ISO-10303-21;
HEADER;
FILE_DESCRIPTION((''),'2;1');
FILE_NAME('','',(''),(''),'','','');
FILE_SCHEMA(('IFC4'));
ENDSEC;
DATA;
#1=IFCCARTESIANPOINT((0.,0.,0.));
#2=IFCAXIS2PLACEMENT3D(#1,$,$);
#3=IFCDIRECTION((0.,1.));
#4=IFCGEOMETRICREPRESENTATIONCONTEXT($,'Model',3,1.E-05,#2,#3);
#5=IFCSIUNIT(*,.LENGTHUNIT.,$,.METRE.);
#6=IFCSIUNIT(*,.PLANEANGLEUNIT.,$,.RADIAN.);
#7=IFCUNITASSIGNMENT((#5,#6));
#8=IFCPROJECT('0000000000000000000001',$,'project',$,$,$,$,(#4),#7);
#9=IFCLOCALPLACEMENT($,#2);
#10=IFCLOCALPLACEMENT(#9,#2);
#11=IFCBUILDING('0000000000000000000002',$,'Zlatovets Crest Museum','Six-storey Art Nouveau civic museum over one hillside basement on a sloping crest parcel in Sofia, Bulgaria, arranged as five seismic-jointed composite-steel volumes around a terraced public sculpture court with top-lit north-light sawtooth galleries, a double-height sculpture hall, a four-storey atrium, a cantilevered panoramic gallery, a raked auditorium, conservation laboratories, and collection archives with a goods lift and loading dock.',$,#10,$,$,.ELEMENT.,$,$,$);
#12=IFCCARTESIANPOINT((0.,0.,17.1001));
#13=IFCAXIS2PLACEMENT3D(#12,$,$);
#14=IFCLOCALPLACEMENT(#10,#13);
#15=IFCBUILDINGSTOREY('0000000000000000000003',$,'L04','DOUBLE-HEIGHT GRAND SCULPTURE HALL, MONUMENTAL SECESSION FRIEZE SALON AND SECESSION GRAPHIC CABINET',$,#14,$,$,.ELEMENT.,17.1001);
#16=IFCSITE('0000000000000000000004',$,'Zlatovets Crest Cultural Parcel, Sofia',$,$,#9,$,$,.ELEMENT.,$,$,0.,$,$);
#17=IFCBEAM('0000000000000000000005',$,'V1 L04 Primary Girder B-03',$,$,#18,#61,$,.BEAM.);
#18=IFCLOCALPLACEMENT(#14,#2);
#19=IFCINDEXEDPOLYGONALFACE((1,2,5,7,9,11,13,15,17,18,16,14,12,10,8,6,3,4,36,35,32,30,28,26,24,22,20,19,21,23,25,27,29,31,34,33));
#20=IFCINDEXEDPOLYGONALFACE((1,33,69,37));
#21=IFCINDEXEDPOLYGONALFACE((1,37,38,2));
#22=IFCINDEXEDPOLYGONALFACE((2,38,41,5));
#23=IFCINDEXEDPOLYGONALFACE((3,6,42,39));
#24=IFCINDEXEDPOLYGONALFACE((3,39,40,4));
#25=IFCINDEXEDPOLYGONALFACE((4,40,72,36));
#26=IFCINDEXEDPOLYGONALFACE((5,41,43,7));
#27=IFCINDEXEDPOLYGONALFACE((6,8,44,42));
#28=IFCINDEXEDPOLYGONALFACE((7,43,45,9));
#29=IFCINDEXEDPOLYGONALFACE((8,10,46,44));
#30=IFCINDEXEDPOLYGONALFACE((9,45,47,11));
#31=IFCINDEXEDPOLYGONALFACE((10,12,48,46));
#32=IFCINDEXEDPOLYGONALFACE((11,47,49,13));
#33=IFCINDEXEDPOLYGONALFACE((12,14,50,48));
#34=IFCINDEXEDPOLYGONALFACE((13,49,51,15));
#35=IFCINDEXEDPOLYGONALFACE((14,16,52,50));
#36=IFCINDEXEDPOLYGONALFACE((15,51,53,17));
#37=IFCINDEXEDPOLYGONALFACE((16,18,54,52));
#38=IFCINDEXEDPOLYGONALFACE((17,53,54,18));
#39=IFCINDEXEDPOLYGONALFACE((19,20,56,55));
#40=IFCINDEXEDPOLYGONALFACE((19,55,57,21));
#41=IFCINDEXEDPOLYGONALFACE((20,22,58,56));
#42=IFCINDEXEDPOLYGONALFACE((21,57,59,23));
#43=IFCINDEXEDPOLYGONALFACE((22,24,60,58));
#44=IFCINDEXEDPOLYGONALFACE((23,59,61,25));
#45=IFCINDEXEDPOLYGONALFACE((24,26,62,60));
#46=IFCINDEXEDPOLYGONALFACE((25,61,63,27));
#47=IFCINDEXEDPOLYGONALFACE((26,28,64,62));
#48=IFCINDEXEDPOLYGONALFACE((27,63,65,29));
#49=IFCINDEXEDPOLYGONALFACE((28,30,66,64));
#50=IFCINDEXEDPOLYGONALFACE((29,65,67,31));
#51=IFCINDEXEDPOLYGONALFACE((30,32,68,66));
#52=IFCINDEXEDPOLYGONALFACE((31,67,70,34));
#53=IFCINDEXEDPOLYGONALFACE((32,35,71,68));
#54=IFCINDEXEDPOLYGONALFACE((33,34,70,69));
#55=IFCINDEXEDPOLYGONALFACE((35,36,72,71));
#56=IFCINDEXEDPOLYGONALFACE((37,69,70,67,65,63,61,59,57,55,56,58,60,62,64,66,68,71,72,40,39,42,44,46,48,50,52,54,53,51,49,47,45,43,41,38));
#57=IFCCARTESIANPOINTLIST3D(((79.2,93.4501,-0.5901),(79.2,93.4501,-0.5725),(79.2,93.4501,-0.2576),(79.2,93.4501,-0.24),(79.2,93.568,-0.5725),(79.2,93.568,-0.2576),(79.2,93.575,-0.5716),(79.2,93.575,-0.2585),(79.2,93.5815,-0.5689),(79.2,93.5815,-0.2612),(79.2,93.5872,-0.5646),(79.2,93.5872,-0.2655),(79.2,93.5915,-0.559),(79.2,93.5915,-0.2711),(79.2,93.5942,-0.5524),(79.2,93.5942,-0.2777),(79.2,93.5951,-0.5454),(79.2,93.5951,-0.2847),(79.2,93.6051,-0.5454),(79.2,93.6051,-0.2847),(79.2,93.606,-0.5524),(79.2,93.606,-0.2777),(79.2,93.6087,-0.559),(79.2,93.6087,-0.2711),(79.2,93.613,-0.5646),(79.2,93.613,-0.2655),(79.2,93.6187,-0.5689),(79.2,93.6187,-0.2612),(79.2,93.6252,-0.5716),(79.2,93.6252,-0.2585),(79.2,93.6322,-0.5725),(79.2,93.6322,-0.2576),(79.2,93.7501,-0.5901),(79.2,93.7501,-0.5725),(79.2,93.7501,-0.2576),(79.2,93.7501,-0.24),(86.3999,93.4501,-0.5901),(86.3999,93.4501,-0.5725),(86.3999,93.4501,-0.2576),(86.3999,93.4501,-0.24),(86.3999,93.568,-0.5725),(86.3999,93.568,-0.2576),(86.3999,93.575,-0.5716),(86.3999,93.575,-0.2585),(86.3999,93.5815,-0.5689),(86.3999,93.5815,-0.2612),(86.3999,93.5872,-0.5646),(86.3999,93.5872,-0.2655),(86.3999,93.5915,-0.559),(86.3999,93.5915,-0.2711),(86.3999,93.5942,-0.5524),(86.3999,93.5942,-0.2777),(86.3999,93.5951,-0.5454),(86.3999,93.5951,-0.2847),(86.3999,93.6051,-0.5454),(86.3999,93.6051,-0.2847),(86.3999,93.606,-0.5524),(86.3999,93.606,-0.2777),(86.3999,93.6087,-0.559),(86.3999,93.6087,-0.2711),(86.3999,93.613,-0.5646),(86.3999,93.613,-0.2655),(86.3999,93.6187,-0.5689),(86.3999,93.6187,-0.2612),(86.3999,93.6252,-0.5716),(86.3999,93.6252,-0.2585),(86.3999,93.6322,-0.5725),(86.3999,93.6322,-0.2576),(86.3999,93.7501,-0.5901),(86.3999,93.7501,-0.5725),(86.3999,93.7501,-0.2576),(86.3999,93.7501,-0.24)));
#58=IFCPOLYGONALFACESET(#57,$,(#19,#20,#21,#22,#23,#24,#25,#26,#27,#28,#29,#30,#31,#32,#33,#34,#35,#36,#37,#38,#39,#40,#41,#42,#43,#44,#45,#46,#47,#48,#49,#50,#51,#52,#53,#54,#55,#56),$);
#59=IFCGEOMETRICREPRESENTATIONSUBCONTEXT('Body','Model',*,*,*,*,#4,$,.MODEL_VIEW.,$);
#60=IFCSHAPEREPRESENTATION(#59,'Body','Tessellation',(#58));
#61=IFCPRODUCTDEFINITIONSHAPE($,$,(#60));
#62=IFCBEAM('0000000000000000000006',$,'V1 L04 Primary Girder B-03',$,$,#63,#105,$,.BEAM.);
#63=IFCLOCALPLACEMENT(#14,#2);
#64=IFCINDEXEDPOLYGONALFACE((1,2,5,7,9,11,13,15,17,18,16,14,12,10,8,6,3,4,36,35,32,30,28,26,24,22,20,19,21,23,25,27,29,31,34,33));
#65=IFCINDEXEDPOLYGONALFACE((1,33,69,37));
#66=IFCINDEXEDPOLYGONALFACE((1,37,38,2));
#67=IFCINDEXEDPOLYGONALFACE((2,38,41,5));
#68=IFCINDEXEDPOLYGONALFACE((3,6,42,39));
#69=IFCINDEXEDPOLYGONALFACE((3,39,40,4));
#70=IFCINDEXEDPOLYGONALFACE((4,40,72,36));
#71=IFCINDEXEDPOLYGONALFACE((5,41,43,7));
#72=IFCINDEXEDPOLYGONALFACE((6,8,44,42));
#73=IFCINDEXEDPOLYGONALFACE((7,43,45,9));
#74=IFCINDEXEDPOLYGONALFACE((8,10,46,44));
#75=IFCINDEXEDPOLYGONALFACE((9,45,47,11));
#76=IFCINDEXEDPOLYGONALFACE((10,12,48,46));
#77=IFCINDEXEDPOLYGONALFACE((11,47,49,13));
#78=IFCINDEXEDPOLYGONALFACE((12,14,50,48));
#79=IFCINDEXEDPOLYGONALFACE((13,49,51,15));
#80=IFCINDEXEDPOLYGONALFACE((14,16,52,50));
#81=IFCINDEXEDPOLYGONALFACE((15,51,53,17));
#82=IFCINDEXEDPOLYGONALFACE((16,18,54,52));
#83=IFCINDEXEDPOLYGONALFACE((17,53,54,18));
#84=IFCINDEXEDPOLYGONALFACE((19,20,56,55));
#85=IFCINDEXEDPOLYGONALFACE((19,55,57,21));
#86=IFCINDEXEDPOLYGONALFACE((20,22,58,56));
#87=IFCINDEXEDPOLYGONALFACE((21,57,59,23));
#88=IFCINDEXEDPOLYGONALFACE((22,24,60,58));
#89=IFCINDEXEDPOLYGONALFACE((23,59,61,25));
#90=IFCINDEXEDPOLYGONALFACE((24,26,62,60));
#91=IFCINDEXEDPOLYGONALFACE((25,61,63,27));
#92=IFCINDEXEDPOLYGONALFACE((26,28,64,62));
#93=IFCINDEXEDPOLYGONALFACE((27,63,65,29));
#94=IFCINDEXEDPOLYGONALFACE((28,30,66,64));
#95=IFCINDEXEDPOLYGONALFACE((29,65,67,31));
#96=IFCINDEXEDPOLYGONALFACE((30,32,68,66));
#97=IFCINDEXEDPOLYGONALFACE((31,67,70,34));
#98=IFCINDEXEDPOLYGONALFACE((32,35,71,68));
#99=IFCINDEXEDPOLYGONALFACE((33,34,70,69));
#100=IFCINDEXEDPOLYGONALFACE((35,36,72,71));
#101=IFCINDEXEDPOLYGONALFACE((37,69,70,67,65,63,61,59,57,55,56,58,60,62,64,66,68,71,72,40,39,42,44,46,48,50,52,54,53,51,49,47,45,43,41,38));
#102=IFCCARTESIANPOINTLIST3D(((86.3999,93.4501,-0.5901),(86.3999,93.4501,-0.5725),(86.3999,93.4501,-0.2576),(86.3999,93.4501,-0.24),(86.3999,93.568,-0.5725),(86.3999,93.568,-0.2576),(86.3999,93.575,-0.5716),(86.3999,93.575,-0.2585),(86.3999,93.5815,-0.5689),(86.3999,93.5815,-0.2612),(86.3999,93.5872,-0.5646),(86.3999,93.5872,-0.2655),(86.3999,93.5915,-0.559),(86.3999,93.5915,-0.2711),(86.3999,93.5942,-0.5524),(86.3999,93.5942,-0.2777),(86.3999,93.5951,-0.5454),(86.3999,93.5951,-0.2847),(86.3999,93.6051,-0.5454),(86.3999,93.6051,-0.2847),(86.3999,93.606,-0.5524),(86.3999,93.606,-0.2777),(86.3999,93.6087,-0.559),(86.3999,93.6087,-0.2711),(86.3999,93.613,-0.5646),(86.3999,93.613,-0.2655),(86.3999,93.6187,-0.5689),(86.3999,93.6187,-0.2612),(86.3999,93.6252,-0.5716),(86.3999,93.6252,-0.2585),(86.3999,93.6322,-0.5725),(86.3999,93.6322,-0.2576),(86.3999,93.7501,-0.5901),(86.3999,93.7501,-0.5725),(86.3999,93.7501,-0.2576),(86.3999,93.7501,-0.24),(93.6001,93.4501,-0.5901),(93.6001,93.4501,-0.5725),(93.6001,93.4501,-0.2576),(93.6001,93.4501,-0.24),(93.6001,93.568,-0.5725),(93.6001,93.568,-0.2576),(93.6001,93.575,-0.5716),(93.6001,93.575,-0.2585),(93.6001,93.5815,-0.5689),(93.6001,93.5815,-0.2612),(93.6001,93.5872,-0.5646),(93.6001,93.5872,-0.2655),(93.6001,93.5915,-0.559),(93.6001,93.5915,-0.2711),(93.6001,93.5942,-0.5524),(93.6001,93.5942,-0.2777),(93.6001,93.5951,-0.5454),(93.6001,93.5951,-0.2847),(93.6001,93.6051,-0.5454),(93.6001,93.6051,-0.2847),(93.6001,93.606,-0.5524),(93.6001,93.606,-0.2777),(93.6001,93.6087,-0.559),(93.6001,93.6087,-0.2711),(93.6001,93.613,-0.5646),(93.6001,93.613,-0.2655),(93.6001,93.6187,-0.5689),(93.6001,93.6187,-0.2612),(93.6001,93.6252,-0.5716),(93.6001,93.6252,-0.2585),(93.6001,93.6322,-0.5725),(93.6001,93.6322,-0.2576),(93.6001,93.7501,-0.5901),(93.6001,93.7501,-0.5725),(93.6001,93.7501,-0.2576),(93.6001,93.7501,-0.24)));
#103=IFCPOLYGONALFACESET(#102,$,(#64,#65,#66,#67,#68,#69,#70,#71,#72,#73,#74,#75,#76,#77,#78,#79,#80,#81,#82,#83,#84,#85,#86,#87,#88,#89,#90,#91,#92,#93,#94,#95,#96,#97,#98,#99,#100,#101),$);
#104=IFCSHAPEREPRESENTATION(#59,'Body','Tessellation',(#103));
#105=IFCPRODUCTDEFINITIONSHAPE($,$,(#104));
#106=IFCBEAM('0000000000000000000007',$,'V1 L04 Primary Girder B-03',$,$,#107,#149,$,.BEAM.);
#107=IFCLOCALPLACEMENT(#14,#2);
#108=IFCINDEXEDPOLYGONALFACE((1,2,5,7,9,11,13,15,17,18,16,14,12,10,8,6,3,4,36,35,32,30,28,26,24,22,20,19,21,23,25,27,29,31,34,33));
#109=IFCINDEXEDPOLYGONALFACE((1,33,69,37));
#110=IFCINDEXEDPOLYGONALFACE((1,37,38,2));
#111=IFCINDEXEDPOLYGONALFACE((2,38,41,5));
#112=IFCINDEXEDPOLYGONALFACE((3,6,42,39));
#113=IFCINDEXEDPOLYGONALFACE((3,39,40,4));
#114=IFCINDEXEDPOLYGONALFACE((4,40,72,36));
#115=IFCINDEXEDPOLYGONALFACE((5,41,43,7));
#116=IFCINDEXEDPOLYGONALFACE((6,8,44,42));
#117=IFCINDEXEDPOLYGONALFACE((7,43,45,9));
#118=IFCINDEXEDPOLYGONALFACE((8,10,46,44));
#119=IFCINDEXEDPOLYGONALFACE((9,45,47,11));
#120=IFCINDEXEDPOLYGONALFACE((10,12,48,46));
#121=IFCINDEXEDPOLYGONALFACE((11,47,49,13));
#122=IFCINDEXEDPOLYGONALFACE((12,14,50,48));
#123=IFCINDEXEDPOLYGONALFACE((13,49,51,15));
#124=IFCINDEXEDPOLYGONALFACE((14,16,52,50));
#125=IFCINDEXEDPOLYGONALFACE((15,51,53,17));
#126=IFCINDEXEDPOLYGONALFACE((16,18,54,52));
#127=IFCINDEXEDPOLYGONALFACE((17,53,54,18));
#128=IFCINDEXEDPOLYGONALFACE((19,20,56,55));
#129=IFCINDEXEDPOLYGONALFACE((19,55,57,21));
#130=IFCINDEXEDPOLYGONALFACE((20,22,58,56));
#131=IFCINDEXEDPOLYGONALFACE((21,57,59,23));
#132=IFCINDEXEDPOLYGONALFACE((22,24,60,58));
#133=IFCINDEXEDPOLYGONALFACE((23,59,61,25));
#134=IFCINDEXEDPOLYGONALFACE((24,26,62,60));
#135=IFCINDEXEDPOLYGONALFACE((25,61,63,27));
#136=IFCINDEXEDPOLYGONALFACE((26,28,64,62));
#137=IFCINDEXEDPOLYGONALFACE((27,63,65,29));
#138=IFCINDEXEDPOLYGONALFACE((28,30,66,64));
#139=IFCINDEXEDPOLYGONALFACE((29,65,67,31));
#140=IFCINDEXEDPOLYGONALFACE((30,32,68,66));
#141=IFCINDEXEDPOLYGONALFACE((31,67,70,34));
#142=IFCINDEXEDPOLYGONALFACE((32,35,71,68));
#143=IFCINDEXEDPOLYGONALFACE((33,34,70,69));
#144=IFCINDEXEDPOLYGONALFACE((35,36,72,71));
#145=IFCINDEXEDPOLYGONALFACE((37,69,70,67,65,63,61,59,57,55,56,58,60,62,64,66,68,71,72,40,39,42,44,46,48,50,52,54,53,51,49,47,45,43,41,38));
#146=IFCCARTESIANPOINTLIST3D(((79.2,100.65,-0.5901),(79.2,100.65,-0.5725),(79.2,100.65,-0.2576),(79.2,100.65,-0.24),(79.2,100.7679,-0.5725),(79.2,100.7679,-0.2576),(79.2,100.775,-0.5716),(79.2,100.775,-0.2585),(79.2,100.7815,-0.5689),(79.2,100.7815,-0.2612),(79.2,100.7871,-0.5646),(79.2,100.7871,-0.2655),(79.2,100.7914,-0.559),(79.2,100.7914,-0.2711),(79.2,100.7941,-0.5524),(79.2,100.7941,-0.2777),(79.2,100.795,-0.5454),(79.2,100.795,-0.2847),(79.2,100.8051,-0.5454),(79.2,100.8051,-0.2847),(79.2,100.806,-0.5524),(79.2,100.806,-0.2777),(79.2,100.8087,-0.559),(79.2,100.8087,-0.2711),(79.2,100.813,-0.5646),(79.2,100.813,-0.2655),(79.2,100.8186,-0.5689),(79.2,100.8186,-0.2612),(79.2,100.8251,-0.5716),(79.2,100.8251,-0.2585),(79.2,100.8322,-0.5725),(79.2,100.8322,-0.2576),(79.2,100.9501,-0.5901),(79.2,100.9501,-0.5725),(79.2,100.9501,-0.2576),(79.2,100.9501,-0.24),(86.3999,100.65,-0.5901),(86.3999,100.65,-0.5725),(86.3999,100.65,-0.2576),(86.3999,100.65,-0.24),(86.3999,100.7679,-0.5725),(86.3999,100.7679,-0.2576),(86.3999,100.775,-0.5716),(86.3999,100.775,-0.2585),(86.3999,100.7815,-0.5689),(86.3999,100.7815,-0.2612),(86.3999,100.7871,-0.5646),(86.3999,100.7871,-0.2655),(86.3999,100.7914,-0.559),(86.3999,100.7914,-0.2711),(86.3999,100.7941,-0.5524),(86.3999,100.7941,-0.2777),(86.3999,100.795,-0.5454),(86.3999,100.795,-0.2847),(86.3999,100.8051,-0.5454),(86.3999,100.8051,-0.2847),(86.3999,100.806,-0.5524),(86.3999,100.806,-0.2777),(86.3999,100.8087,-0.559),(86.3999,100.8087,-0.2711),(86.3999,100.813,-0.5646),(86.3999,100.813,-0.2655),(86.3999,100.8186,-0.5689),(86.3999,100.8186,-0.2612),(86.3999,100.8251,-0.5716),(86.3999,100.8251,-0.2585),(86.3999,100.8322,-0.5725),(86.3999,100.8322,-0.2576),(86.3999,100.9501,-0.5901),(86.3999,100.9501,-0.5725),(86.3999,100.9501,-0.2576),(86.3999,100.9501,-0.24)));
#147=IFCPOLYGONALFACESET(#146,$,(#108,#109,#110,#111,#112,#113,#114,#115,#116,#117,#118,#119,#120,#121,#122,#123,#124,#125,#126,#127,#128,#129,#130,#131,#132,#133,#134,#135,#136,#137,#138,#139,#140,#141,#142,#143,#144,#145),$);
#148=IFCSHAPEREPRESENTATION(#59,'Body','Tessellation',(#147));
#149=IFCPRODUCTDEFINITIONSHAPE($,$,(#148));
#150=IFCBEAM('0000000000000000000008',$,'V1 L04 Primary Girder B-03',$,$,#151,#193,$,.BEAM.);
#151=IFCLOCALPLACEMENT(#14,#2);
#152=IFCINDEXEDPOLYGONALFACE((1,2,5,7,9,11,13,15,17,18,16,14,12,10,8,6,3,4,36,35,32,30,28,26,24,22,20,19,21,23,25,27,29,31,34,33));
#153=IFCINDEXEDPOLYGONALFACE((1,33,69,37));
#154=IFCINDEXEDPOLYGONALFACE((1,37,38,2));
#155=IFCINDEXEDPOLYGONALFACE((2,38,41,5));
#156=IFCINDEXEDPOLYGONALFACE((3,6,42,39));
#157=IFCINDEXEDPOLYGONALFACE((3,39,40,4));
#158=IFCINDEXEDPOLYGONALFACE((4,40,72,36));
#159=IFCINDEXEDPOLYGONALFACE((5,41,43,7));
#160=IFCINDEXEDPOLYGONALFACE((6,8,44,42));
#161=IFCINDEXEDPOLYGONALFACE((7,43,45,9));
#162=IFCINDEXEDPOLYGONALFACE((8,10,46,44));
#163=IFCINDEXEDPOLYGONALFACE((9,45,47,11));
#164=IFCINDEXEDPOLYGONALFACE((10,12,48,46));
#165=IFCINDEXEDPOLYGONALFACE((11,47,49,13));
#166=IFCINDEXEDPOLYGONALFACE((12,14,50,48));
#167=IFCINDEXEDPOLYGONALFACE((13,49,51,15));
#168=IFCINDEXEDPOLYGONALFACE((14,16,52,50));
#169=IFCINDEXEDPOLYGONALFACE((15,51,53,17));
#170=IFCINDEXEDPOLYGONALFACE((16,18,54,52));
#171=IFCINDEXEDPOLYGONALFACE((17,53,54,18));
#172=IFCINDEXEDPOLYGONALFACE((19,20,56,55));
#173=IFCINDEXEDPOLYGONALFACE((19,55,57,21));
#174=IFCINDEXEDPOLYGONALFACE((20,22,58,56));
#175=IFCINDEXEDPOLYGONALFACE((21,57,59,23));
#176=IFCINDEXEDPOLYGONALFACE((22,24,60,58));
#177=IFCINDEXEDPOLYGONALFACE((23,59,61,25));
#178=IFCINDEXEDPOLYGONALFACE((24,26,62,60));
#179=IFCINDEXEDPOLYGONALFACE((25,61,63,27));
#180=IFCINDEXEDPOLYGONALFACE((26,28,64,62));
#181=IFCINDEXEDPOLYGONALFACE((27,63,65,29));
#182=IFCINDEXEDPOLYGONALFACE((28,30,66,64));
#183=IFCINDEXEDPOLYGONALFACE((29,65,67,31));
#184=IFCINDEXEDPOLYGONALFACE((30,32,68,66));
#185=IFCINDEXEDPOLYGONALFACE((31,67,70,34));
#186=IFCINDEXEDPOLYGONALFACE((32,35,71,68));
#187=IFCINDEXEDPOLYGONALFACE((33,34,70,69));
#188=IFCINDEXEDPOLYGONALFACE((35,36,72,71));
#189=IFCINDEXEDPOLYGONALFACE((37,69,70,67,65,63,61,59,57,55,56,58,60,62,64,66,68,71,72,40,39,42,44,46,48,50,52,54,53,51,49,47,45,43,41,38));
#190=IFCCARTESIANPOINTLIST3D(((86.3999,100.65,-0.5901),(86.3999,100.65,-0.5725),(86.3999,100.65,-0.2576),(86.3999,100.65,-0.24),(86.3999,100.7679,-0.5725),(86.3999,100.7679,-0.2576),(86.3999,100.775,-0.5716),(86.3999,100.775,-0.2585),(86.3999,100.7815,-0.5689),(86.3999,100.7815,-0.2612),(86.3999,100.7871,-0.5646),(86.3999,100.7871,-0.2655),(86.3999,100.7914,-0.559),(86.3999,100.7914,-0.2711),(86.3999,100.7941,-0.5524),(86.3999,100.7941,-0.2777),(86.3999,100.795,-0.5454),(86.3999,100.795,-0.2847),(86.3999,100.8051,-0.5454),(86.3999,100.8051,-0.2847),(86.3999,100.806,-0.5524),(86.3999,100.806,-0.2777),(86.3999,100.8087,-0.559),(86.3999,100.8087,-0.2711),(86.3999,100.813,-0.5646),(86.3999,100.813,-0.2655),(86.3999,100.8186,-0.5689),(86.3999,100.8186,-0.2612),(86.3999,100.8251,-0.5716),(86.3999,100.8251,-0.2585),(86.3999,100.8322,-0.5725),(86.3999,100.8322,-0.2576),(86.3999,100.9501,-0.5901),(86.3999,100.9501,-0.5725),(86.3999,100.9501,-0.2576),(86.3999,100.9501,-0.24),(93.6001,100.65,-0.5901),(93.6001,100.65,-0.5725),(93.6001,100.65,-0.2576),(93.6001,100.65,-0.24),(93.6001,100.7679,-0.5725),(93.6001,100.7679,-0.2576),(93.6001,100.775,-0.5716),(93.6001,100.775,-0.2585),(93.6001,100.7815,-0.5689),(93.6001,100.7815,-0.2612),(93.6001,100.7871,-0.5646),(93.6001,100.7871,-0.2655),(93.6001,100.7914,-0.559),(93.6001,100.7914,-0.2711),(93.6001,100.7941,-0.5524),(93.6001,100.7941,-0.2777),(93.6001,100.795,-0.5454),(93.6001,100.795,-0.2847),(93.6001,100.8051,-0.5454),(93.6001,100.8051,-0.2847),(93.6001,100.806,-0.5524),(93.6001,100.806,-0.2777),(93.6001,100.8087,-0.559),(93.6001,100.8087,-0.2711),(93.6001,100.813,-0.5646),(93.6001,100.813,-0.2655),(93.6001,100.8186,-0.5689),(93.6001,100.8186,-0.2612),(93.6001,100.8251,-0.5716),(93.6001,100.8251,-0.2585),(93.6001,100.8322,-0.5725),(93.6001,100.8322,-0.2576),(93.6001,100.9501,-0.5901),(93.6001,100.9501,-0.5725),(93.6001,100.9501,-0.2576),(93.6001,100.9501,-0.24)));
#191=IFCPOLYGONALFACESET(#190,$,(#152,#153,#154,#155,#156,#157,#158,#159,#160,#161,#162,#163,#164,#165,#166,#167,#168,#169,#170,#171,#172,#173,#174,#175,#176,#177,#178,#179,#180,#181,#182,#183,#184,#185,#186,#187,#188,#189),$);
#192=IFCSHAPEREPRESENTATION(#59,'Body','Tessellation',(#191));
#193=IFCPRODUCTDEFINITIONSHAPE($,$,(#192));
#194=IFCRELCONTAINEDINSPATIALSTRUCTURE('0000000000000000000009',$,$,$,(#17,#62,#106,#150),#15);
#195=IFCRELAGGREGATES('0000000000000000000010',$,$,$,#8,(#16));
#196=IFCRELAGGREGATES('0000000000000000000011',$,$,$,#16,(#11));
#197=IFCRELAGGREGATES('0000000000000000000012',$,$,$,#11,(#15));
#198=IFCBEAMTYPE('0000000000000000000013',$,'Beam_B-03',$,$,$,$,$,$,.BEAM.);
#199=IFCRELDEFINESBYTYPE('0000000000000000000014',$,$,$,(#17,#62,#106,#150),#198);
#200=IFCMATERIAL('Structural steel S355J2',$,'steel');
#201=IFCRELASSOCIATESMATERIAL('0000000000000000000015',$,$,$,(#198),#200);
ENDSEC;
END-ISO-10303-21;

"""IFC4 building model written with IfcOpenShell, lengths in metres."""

from ifc_helpers import new_model, si_unit, direction, frame, origin, origin_2d, place, context, subcontext, project, spatial, i_section, extrude, material, material_profile, profile_set, type_object, element, save


model = new_model("IFC4")

# Units and contexts
model_context = context("Model", 3, precision=1e-05, world=origin(), true_north=direction((0.0, 1.0)))
body_context = subcontext(model_context, "Body", "Model", "MODEL_VIEW")
ifc_project = project(units=[si_unit("LENGTHUNIT", "METRE"), si_unit("PLANEANGLEUNIT", "RADIAN")], contexts=[model_context])

# Site, building, storey
site_placement = place(None, origin())
site = spatial("IfcSite", under=ifc_project, at=site_placement, Name="Zlatovets Crest Cultural Parcel, Sofia", CompositionType="ELEMENT", RefElevation=0.0)
building_placement = place(site_placement, origin())
building = spatial("IfcBuilding", under=site, at=building_placement, Name="Zlatovets Crest Museum", Description="Six-storey Art Nouveau civic museum over one hillside basement on a sloping crest parcel in Sofia, Bulgaria, arranged as five seismic-jointed composite-steel volumes around a terraced public sculpture court with top-lit north-light sawtooth galleries, a double-height sculpture hall, a four-storey atrium, a cantilevered panoramic gallery, a raked auditorium, conservation laboratories, and collection archives with a goods lift and loading dock.", CompositionType="ELEMENT")
storey_placement = place(building_placement, frame((0.0, 0.0, 17.1001)))
storey = spatial("IfcBuildingStorey", under=building, at=storey_placement, Name="L04", Description="DOUBLE-HEIGHT GRAND SCULPTURE HALL, MONUMENTAL SECESSION FRIEZE SALON AND SECESSION GRAPHIC CABINET", CompositionType="ELEMENT", Elevation=17.1001)

# Shared definitions
ifc_material = material(Name="Structural steel S355J2", Category="steel")

# Beams
ifc_material_profile_1 = material_profile(ifc_material, i_section(OverallWidth=0.3, OverallDepth=0.3501, WebThickness=0.01, FlangeThickness=0.0176, FilletRadius=0.0271, at=origin_2d()), Name="HEA 360")
ifc_profile_set_1 = profile_set([ifc_material_profile_1], Name="Structural steel S355J2")
beam_type_1 = type_object("IfcBeamType", Name="Beam_B-03", PredefinedType="BEAM", material=ifc_profile_set_1)
beam_1_placement = place(storey_placement, frame((79.2, 93.6001, -0.415), z_axis=(1.0, 0.0, 0.0), x_axis=(0.0, 1.0, 0.0)))
element("IfcBeam", 1, at=beam_1_placement, inside=storey, type_object=beam_type_1, Name="V1 L04 Primary Girder B-03", PredefinedType="BEAM", context=body_context, shape_type="SweptSolid", body=[
    extrude(i_section(OverallWidth=0.3, OverallDepth=0.3501, WebThickness=0.01, FlangeThickness=0.0176, FilletRadius=0.0271, at=origin_2d()), origin(), (0.0, 0.0, 1.0), 7.2),
])
beam_2_placement = place(storey_placement, frame((86.3999, 93.6001, -0.415), z_axis=(1.0, 0.0, 0.0), x_axis=(0.0, 1.0, 0.0)))
element("IfcBeam", 2, at=beam_2_placement, inside=storey, type_object=beam_type_1, Name="V1 L04 Primary Girder B-03", PredefinedType="BEAM", context=body_context, shape_type="SweptSolid", body=[
    extrude(i_section(OverallWidth=0.3, OverallDepth=0.3501, WebThickness=0.01, FlangeThickness=0.0176, FilletRadius=0.0271, at=origin_2d()), origin(), (0.0, 0.0, 1.0), 7.2002),
])
beam_3_placement = place(storey_placement, frame((79.2, 100.8, -0.415), z_axis=(1.0, 0.0, 0.0), x_axis=(0.0, 1.0, 0.0)))
element("IfcBeam", 3, at=beam_3_placement, inside=storey, type_object=beam_type_1, Name="V1 L04 Primary Girder B-03", PredefinedType="BEAM", context=body_context, shape_type="SweptSolid", body=[
    extrude(i_section(OverallWidth=0.3, OverallDepth=0.3501, WebThickness=0.01, FlangeThickness=0.0176, FilletRadius=0.0271, at=origin_2d()), origin(), (0.0, 0.0, 1.0), 7.2),
])
beam_4_placement = place(storey_placement, frame((86.3999, 100.8, -0.415), z_axis=(1.0, 0.0, 0.0), x_axis=(0.0, 1.0, 0.0)))
element("IfcBeam", 4, at=beam_4_placement, inside=storey, type_object=beam_type_1, Name="V1 L04 Primary Girder B-03", PredefinedType="BEAM", context=body_context, shape_type="SweptSolid", body=[
    extrude(i_section(OverallWidth=0.3, OverallDepth=0.3501, WebThickness=0.01, FlangeThickness=0.0176, FilletRadius=0.0271, at=origin_2d()), origin(), (0.0, 0.0, 1.0), 7.2002),
])

save(model, "model.ifc")
